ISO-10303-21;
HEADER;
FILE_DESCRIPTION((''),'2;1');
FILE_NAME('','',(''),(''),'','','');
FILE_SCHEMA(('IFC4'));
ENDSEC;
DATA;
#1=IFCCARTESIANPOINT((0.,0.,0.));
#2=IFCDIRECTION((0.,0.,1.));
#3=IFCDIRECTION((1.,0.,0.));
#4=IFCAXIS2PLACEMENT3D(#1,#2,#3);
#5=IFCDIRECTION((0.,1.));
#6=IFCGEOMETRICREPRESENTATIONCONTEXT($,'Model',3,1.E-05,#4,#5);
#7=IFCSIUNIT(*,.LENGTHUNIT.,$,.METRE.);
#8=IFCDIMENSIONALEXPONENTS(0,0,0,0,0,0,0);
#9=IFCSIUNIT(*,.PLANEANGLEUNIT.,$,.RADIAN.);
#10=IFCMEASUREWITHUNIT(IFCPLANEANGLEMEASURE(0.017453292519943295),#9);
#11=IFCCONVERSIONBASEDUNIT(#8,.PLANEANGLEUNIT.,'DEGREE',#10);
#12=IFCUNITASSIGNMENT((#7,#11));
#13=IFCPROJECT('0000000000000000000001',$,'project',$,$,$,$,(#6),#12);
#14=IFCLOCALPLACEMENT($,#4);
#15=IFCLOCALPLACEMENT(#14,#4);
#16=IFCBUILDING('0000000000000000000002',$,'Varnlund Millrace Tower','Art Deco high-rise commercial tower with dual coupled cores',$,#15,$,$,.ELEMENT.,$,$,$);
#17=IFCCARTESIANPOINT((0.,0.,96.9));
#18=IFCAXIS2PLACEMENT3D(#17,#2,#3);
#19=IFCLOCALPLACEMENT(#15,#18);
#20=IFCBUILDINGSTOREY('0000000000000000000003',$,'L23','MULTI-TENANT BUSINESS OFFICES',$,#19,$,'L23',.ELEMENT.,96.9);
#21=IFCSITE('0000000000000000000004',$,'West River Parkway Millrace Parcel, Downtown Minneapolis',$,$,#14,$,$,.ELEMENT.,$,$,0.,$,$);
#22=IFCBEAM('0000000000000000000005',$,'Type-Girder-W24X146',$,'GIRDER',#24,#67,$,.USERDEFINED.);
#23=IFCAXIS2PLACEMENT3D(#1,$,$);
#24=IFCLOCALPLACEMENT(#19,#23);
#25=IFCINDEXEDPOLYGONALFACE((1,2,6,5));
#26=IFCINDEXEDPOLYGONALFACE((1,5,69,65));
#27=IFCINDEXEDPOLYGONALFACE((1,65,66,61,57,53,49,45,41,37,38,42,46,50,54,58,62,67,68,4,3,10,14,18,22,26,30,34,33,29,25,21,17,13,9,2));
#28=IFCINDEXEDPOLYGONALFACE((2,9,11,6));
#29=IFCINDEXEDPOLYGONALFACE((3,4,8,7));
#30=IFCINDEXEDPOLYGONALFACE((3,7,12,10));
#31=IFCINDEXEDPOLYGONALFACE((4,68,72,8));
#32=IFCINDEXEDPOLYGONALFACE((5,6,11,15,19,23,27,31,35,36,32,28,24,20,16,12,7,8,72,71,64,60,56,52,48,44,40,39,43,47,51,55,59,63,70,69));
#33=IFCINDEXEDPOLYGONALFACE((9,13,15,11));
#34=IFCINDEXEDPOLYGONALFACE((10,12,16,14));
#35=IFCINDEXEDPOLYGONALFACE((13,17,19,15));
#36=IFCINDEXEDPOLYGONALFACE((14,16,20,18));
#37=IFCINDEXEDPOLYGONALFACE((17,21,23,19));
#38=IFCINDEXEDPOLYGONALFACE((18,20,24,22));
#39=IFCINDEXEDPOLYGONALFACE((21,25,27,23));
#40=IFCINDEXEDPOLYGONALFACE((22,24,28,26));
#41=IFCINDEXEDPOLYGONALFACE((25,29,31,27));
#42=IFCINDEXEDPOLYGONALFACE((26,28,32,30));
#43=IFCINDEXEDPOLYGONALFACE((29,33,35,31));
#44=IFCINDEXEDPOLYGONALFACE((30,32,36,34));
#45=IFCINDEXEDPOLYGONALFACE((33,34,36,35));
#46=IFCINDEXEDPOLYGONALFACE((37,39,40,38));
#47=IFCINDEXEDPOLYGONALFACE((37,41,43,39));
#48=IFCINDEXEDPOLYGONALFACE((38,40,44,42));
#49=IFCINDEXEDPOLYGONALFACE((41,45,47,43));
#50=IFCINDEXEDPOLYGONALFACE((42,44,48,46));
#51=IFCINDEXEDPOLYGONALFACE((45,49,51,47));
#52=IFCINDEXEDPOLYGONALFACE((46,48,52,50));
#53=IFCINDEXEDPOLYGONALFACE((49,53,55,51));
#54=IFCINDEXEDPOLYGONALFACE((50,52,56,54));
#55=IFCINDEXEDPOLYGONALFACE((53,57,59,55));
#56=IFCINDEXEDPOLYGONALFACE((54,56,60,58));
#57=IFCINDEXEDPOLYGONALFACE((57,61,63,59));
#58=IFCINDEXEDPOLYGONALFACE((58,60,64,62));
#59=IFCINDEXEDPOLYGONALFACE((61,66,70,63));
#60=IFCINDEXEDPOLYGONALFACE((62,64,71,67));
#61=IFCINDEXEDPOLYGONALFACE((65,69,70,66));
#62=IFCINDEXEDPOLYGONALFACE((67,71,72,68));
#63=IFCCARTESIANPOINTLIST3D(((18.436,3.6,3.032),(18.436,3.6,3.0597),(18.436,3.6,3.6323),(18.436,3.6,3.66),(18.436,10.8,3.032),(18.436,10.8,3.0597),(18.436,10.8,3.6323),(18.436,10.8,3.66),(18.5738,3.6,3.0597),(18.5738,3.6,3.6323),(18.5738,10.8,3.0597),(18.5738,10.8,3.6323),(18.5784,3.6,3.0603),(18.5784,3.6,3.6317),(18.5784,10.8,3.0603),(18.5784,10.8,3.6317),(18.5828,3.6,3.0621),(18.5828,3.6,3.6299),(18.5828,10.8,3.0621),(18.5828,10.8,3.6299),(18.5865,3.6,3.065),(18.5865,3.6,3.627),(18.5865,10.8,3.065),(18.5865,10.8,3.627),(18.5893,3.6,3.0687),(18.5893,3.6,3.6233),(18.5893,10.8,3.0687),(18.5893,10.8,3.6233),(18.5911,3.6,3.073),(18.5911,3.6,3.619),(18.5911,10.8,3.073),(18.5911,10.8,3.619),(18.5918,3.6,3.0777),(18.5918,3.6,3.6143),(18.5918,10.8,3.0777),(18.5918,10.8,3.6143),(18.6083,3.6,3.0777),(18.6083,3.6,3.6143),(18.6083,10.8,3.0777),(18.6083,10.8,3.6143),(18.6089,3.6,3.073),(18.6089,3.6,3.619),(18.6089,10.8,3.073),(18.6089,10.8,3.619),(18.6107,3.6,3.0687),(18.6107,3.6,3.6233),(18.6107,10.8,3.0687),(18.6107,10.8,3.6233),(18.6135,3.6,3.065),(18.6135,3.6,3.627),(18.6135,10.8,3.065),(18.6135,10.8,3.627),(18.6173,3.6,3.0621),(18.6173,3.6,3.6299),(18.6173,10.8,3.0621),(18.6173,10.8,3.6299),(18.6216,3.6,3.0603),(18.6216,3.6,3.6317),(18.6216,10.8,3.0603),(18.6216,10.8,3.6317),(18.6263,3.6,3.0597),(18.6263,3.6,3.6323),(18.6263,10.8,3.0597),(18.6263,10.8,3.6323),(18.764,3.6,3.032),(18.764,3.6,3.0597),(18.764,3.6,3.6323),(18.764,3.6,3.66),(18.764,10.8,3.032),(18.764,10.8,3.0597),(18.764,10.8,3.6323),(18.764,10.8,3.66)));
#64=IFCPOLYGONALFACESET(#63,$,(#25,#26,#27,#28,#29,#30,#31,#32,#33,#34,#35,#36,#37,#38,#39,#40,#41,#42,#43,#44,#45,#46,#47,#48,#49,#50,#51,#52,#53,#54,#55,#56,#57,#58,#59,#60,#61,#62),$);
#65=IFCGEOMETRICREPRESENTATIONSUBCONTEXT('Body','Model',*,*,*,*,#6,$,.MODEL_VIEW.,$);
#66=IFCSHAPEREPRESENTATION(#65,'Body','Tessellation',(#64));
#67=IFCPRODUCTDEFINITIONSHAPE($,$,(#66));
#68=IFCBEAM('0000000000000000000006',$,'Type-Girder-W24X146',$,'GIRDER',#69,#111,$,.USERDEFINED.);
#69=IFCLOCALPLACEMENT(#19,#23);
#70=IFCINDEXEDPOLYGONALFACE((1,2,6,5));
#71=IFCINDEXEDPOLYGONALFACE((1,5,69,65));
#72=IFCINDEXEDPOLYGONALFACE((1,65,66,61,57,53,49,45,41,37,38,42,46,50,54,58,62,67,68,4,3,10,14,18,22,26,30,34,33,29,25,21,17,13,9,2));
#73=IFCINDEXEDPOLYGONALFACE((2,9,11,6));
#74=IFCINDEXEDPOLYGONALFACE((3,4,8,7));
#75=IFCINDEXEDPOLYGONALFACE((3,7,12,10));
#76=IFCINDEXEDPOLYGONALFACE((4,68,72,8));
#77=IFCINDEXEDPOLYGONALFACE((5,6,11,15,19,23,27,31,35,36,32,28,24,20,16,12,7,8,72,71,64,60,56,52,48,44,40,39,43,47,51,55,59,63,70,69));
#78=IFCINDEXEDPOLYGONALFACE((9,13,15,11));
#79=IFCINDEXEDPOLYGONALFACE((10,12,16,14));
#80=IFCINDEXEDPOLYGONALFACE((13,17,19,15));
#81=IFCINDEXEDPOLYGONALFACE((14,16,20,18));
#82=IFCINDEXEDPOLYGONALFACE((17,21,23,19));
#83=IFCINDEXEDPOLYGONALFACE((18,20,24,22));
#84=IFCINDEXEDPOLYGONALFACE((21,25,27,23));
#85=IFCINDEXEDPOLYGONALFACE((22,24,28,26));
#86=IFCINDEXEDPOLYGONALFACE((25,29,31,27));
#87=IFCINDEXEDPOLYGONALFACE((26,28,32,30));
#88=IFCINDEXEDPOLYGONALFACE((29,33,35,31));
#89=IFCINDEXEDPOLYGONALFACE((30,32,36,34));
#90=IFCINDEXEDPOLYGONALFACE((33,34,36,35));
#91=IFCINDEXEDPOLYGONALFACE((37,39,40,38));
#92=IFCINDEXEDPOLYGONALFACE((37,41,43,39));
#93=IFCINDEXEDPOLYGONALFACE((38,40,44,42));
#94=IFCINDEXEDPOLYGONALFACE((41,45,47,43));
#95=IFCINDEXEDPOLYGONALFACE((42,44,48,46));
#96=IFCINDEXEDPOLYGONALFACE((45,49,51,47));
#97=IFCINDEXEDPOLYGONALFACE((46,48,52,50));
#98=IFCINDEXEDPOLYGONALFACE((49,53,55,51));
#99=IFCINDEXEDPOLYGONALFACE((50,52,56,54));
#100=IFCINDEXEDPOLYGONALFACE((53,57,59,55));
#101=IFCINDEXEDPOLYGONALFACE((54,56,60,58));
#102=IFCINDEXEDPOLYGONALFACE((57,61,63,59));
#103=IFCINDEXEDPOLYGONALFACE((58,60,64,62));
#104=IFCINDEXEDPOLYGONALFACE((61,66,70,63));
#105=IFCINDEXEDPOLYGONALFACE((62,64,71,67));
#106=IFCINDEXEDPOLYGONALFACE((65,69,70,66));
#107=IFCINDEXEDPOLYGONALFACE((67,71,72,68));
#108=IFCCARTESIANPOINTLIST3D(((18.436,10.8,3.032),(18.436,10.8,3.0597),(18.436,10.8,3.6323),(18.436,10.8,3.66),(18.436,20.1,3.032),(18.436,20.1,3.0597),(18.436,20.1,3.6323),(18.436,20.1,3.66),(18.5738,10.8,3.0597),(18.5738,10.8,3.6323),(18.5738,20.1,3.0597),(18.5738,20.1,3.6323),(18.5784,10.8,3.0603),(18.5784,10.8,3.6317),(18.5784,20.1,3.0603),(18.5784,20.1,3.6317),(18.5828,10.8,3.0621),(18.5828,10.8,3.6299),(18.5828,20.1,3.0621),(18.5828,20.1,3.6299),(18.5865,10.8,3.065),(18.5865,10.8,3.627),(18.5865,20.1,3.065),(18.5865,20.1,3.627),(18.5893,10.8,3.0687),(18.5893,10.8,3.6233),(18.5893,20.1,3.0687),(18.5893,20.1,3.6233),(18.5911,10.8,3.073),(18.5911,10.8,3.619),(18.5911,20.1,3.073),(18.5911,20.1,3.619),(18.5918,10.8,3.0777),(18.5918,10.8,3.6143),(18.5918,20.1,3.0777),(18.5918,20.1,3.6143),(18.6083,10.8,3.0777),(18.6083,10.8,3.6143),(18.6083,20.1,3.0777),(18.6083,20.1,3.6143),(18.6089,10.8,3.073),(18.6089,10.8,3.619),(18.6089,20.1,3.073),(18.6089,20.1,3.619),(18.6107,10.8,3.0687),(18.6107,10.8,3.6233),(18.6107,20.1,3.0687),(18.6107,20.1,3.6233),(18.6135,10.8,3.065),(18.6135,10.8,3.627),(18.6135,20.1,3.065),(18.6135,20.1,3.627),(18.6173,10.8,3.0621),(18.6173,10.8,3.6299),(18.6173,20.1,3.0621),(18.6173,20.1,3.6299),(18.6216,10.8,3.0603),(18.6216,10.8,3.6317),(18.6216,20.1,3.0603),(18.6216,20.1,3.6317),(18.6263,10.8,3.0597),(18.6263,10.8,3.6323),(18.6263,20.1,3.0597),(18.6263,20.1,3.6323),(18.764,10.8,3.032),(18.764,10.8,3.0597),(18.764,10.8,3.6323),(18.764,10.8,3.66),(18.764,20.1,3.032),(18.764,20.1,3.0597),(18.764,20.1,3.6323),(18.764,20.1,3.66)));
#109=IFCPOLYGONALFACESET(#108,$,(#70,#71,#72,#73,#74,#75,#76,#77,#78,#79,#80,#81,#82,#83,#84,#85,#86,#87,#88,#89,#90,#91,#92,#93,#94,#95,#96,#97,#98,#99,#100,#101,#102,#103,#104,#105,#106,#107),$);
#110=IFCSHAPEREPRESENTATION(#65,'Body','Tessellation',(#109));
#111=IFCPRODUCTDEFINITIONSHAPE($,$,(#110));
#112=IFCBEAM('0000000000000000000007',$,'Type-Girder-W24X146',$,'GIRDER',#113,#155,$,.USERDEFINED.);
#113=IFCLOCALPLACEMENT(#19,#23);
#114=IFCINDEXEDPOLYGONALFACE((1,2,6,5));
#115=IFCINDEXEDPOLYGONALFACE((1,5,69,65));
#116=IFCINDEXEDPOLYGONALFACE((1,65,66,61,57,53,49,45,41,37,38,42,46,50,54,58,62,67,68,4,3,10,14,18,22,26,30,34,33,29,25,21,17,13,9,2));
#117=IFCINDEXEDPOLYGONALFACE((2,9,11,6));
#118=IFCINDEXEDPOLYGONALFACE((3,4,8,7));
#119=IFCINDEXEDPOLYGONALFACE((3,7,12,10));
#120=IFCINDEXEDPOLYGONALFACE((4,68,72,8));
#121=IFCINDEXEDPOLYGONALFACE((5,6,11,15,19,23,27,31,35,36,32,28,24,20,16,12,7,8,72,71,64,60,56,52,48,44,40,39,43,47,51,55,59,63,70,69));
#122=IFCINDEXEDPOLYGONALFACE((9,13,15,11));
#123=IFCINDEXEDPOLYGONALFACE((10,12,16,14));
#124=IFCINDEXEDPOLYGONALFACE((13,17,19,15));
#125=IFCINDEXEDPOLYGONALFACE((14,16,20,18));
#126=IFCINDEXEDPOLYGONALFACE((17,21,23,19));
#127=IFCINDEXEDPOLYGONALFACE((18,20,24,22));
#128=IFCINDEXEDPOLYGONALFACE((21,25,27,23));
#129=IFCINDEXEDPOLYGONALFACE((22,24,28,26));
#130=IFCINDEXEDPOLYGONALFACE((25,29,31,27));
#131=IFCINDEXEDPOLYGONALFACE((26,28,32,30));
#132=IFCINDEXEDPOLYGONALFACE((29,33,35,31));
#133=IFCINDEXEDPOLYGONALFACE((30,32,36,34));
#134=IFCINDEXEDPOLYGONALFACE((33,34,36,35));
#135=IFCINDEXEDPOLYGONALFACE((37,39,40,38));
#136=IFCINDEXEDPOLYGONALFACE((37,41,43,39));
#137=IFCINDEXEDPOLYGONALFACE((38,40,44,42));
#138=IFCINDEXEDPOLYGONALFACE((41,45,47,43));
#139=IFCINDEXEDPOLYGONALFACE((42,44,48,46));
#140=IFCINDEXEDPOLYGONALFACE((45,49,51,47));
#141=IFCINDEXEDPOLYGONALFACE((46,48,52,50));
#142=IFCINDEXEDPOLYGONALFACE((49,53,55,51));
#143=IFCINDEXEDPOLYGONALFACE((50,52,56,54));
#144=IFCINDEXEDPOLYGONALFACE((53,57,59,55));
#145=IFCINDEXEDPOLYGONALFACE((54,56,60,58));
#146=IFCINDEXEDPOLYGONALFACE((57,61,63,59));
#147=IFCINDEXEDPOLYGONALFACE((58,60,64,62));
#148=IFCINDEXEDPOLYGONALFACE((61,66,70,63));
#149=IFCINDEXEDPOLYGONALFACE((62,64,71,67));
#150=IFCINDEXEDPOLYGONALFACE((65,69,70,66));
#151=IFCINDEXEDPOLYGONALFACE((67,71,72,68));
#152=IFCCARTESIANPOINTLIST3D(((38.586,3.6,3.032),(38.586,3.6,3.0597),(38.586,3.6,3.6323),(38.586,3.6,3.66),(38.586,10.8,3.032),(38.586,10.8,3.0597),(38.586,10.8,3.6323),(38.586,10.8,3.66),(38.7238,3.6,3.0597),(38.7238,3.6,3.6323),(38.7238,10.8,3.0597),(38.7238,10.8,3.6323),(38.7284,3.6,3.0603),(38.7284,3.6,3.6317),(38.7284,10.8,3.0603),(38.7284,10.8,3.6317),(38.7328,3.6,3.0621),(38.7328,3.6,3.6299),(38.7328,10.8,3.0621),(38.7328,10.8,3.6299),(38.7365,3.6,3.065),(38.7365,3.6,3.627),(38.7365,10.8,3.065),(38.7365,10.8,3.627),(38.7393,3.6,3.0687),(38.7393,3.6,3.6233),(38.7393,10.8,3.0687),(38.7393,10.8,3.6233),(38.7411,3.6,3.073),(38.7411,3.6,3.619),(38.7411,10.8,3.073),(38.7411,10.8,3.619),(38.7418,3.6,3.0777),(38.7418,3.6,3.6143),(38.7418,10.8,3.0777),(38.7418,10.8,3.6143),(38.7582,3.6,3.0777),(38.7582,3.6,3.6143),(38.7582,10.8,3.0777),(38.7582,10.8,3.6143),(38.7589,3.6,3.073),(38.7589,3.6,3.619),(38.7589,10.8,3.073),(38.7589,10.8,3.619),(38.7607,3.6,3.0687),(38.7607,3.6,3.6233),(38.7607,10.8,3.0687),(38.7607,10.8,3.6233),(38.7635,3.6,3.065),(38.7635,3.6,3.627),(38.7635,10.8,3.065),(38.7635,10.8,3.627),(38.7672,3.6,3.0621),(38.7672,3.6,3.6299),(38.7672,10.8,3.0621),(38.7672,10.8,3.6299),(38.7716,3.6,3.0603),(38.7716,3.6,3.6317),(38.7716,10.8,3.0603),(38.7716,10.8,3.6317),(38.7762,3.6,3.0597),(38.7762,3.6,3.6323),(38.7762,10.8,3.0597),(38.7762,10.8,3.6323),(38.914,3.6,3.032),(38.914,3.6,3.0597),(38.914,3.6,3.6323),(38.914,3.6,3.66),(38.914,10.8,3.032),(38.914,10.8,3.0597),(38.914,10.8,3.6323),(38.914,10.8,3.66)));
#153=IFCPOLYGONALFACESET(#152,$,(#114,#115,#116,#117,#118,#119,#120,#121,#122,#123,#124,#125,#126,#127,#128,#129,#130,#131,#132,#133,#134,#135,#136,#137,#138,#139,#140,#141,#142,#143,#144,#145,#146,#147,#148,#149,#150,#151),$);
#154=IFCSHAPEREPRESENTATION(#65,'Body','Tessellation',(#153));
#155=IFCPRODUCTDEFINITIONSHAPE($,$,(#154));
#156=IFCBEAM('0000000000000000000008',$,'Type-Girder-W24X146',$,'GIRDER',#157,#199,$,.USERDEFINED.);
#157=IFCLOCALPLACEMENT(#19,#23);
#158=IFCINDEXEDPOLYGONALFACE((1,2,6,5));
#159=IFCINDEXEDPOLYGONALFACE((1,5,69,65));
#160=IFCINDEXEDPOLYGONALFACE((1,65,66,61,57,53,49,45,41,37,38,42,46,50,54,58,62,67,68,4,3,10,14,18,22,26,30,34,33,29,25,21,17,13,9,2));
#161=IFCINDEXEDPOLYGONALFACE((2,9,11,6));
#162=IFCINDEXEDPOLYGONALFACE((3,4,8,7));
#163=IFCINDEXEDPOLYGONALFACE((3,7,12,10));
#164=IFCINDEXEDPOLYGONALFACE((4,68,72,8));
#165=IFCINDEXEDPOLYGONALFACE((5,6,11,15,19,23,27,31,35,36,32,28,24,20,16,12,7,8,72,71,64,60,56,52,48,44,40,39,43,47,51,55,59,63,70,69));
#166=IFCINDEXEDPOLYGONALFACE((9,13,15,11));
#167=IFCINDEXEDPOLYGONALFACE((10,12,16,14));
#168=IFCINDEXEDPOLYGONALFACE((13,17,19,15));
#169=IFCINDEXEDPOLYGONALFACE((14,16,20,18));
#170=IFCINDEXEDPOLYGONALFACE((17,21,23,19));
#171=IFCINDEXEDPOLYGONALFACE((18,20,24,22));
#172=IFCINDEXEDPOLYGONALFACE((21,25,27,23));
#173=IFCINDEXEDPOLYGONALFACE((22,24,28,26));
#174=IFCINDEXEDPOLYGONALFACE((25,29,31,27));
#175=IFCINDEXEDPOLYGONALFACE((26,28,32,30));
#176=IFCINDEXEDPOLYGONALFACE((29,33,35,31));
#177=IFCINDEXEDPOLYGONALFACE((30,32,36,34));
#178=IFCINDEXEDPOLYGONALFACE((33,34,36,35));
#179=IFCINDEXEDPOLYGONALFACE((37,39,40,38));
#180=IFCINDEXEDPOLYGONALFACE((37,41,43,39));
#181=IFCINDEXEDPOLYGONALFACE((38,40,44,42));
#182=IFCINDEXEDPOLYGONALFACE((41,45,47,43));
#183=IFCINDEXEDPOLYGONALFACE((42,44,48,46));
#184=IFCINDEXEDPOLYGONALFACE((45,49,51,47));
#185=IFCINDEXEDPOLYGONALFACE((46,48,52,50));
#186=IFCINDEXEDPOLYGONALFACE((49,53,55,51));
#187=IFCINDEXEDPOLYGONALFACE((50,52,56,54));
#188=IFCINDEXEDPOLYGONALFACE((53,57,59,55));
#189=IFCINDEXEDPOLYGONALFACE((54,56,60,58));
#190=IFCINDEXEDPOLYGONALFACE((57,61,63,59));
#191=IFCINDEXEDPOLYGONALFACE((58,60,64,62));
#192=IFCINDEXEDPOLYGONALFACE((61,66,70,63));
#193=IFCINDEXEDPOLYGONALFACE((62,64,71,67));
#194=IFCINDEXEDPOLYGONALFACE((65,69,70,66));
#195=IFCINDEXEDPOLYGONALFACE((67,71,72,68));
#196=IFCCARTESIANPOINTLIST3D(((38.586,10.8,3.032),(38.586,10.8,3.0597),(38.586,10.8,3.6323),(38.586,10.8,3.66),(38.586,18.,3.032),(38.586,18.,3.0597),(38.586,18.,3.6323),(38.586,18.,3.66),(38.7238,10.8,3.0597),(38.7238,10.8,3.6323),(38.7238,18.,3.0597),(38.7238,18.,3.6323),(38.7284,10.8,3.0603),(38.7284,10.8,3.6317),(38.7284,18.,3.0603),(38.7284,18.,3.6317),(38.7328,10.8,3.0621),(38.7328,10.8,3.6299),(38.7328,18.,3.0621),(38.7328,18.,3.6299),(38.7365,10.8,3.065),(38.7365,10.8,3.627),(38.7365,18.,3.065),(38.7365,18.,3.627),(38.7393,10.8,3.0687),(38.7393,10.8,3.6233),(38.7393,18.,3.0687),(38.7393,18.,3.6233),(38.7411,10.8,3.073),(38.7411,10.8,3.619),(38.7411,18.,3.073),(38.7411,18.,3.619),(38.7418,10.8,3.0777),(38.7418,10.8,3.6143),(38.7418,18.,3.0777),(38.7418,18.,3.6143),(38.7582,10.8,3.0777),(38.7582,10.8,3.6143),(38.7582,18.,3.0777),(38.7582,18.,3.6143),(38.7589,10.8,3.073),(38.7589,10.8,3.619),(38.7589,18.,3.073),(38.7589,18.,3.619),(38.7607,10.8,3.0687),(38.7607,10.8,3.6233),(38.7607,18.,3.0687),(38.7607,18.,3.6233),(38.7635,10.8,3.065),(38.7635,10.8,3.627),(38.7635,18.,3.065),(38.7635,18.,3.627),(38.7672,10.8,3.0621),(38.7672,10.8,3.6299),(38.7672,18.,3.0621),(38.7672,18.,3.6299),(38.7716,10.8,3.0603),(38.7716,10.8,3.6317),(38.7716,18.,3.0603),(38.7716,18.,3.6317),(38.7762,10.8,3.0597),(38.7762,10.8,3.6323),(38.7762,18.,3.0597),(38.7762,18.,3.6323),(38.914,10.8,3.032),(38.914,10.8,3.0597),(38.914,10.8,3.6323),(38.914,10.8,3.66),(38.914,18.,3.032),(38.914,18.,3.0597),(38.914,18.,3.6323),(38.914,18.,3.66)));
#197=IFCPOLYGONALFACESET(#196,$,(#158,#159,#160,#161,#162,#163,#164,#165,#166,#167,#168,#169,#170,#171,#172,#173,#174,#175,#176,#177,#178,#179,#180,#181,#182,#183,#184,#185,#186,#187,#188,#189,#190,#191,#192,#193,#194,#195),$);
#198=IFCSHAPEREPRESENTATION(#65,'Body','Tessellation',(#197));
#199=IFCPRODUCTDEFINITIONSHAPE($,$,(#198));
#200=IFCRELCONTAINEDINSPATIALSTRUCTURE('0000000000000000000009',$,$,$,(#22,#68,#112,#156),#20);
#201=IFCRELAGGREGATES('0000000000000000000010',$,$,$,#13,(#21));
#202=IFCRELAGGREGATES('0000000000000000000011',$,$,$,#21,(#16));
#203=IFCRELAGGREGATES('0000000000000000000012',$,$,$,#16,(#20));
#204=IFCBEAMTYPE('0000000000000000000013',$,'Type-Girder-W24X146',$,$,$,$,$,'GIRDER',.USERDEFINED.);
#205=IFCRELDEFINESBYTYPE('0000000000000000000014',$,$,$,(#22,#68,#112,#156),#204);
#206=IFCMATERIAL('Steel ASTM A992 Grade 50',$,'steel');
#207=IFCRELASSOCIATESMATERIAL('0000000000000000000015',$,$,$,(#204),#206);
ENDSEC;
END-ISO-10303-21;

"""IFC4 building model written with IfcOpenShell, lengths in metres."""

from ifc_helpers import new_model, entity, si_unit, converted_unit, direction, frame, origin_with_axes, origin_2d_with_axis, place, context, subcontext, project, spatial, i_section, extrude, material, material_profile, profile_set, type_object, element, save


model = new_model("IFC4")

# Units and contexts
model_context = context("Model", 3, precision=1e-05, world=origin_with_axes(), true_north=direction((0.0, 1.0)))
body_context = subcontext(model_context, "Body", "Model", "MODEL_VIEW")
ifc_project = project(units=[si_unit("LENGTHUNIT", "METRE"), converted_unit("PLANEANGLEUNIT", "DEGREE", entity("IfcPlaneAngleMeasure", 0.017453292519943295), si_unit("PLANEANGLEUNIT", "RADIAN"), dimensions=[0, 0, 0, 0, 0, 0, 0])], contexts=[model_context])

# Site, building, storey
site_placement = place(None, origin_with_axes())
site = spatial("IfcSite", under=ifc_project, at=site_placement, Name="West River Parkway Millrace Parcel, Downtown Minneapolis", CompositionType="ELEMENT", RefElevation=0.0)
building_placement = place(site_placement, origin_with_axes())
building = spatial("IfcBuilding", under=site, at=building_placement, Name="Varnlund Millrace Tower", Description="Art Deco high-rise commercial tower with dual coupled cores", CompositionType="ELEMENT")
storey_placement = place(building_placement, frame((0.0, 0.0, 96.9), z_axis=(0.0, 0.0, 1.0), x_axis=(1.0, 0.0, 0.0)))
storey = spatial("IfcBuildingStorey", under=building, at=storey_placement, Name="L23", Description="MULTI-TENANT BUSINESS OFFICES", LongName="L23", CompositionType="ELEMENT", Elevation=96.9)

# Beams
ifc_material_1 = material(Name="Steel ASTM A992 Grade 50", Category="steel")
ifc_material_profile_1 = material_profile(ifc_material_1, i_section(OverallWidth=0.328, OverallDepth=0.628, WebThickness=0.0165, FlangeThickness=0.0277, FilletRadius=0.018, at=origin_2d_with_axis()), Name="Steel ASTM A992 Grade 50")
ifc_profile_set_1 = profile_set([ifc_material_profile_1], Name="Steel ASTM A992 Grade 50")
beam_type_1 = type_object("IfcBeamType", Name="Type-Girder-W24X146", ElementType="GIRDER", PredefinedType="USERDEFINED", material=ifc_profile_set_1)
beam_1_placement = place(storey_placement, frame((18.6, 3.6, 3.346), z_axis=(0.0, 1.0, 0.0), x_axis=(-1.0, 0.0, 0.0)))
element("IfcBeam", 1, at=beam_1_placement, inside=storey, type_object=beam_type_1, Name="Type-Girder-W24X146", ObjectType="GIRDER", PredefinedType="USERDEFINED", context=body_context, shape_type="SweptSolid", body=[
    extrude(i_section(OverallWidth=0.328, OverallDepth=0.628, WebThickness=0.0165, FlangeThickness=0.0277, FilletRadius=0.018, at=origin_2d_with_axis()), origin_with_axes(), (0.0, 0.0, 1.0), 7.2),
])
beam_2_placement = place(storey_placement, frame((18.6, 10.8, 3.346), z_axis=(0.0, 1.0, 0.0), x_axis=(-1.0, 0.0, 0.0)))
element("IfcBeam", 2, at=beam_2_placement, inside=storey, type_object=beam_type_1, Name="Type-Girder-W24X146", ObjectType="GIRDER", PredefinedType="USERDEFINED", context=body_context, shape_type="SweptSolid", body=[
    extrude(i_section(OverallWidth=0.328, OverallDepth=0.628, WebThickness=0.0165, FlangeThickness=0.0277, FilletRadius=0.018, at=origin_2d_with_axis()), origin_with_axes(), (0.0, 0.0, 1.0), 9.3),
])
for number, where, z_axis, x_axis, name in (
    (3, (38.75, 3.6, 3.346), (0.0, 1.0, 0.0), (-1.0, 0.0, 0.0), "Type-Girder-W24X146"),
    (4, (38.75, 10.8, 3.346), (0.0, 1.0, 0.0), (-1.0, 0.0, 0.0), "Type-Girder-W24X146"),
):
    element("IfcBeam", number, at=place(storey_placement, frame(where, z_axis=z_axis, x_axis=x_axis)), inside=storey, type_object=beam_type_1, Name=name, ObjectType="GIRDER", PredefinedType="USERDEFINED", context=body_context, shape_type="SweptSolid", body=[
        extrude(i_section(OverallWidth=0.328, OverallDepth=0.628, WebThickness=0.0165, FlangeThickness=0.0277, FilletRadius=0.018, at=origin_2d_with_axis()), origin_with_axes(), (0.0, 0.0, 1.0), 7.2),
    ])

save(model, "model.ifc")
